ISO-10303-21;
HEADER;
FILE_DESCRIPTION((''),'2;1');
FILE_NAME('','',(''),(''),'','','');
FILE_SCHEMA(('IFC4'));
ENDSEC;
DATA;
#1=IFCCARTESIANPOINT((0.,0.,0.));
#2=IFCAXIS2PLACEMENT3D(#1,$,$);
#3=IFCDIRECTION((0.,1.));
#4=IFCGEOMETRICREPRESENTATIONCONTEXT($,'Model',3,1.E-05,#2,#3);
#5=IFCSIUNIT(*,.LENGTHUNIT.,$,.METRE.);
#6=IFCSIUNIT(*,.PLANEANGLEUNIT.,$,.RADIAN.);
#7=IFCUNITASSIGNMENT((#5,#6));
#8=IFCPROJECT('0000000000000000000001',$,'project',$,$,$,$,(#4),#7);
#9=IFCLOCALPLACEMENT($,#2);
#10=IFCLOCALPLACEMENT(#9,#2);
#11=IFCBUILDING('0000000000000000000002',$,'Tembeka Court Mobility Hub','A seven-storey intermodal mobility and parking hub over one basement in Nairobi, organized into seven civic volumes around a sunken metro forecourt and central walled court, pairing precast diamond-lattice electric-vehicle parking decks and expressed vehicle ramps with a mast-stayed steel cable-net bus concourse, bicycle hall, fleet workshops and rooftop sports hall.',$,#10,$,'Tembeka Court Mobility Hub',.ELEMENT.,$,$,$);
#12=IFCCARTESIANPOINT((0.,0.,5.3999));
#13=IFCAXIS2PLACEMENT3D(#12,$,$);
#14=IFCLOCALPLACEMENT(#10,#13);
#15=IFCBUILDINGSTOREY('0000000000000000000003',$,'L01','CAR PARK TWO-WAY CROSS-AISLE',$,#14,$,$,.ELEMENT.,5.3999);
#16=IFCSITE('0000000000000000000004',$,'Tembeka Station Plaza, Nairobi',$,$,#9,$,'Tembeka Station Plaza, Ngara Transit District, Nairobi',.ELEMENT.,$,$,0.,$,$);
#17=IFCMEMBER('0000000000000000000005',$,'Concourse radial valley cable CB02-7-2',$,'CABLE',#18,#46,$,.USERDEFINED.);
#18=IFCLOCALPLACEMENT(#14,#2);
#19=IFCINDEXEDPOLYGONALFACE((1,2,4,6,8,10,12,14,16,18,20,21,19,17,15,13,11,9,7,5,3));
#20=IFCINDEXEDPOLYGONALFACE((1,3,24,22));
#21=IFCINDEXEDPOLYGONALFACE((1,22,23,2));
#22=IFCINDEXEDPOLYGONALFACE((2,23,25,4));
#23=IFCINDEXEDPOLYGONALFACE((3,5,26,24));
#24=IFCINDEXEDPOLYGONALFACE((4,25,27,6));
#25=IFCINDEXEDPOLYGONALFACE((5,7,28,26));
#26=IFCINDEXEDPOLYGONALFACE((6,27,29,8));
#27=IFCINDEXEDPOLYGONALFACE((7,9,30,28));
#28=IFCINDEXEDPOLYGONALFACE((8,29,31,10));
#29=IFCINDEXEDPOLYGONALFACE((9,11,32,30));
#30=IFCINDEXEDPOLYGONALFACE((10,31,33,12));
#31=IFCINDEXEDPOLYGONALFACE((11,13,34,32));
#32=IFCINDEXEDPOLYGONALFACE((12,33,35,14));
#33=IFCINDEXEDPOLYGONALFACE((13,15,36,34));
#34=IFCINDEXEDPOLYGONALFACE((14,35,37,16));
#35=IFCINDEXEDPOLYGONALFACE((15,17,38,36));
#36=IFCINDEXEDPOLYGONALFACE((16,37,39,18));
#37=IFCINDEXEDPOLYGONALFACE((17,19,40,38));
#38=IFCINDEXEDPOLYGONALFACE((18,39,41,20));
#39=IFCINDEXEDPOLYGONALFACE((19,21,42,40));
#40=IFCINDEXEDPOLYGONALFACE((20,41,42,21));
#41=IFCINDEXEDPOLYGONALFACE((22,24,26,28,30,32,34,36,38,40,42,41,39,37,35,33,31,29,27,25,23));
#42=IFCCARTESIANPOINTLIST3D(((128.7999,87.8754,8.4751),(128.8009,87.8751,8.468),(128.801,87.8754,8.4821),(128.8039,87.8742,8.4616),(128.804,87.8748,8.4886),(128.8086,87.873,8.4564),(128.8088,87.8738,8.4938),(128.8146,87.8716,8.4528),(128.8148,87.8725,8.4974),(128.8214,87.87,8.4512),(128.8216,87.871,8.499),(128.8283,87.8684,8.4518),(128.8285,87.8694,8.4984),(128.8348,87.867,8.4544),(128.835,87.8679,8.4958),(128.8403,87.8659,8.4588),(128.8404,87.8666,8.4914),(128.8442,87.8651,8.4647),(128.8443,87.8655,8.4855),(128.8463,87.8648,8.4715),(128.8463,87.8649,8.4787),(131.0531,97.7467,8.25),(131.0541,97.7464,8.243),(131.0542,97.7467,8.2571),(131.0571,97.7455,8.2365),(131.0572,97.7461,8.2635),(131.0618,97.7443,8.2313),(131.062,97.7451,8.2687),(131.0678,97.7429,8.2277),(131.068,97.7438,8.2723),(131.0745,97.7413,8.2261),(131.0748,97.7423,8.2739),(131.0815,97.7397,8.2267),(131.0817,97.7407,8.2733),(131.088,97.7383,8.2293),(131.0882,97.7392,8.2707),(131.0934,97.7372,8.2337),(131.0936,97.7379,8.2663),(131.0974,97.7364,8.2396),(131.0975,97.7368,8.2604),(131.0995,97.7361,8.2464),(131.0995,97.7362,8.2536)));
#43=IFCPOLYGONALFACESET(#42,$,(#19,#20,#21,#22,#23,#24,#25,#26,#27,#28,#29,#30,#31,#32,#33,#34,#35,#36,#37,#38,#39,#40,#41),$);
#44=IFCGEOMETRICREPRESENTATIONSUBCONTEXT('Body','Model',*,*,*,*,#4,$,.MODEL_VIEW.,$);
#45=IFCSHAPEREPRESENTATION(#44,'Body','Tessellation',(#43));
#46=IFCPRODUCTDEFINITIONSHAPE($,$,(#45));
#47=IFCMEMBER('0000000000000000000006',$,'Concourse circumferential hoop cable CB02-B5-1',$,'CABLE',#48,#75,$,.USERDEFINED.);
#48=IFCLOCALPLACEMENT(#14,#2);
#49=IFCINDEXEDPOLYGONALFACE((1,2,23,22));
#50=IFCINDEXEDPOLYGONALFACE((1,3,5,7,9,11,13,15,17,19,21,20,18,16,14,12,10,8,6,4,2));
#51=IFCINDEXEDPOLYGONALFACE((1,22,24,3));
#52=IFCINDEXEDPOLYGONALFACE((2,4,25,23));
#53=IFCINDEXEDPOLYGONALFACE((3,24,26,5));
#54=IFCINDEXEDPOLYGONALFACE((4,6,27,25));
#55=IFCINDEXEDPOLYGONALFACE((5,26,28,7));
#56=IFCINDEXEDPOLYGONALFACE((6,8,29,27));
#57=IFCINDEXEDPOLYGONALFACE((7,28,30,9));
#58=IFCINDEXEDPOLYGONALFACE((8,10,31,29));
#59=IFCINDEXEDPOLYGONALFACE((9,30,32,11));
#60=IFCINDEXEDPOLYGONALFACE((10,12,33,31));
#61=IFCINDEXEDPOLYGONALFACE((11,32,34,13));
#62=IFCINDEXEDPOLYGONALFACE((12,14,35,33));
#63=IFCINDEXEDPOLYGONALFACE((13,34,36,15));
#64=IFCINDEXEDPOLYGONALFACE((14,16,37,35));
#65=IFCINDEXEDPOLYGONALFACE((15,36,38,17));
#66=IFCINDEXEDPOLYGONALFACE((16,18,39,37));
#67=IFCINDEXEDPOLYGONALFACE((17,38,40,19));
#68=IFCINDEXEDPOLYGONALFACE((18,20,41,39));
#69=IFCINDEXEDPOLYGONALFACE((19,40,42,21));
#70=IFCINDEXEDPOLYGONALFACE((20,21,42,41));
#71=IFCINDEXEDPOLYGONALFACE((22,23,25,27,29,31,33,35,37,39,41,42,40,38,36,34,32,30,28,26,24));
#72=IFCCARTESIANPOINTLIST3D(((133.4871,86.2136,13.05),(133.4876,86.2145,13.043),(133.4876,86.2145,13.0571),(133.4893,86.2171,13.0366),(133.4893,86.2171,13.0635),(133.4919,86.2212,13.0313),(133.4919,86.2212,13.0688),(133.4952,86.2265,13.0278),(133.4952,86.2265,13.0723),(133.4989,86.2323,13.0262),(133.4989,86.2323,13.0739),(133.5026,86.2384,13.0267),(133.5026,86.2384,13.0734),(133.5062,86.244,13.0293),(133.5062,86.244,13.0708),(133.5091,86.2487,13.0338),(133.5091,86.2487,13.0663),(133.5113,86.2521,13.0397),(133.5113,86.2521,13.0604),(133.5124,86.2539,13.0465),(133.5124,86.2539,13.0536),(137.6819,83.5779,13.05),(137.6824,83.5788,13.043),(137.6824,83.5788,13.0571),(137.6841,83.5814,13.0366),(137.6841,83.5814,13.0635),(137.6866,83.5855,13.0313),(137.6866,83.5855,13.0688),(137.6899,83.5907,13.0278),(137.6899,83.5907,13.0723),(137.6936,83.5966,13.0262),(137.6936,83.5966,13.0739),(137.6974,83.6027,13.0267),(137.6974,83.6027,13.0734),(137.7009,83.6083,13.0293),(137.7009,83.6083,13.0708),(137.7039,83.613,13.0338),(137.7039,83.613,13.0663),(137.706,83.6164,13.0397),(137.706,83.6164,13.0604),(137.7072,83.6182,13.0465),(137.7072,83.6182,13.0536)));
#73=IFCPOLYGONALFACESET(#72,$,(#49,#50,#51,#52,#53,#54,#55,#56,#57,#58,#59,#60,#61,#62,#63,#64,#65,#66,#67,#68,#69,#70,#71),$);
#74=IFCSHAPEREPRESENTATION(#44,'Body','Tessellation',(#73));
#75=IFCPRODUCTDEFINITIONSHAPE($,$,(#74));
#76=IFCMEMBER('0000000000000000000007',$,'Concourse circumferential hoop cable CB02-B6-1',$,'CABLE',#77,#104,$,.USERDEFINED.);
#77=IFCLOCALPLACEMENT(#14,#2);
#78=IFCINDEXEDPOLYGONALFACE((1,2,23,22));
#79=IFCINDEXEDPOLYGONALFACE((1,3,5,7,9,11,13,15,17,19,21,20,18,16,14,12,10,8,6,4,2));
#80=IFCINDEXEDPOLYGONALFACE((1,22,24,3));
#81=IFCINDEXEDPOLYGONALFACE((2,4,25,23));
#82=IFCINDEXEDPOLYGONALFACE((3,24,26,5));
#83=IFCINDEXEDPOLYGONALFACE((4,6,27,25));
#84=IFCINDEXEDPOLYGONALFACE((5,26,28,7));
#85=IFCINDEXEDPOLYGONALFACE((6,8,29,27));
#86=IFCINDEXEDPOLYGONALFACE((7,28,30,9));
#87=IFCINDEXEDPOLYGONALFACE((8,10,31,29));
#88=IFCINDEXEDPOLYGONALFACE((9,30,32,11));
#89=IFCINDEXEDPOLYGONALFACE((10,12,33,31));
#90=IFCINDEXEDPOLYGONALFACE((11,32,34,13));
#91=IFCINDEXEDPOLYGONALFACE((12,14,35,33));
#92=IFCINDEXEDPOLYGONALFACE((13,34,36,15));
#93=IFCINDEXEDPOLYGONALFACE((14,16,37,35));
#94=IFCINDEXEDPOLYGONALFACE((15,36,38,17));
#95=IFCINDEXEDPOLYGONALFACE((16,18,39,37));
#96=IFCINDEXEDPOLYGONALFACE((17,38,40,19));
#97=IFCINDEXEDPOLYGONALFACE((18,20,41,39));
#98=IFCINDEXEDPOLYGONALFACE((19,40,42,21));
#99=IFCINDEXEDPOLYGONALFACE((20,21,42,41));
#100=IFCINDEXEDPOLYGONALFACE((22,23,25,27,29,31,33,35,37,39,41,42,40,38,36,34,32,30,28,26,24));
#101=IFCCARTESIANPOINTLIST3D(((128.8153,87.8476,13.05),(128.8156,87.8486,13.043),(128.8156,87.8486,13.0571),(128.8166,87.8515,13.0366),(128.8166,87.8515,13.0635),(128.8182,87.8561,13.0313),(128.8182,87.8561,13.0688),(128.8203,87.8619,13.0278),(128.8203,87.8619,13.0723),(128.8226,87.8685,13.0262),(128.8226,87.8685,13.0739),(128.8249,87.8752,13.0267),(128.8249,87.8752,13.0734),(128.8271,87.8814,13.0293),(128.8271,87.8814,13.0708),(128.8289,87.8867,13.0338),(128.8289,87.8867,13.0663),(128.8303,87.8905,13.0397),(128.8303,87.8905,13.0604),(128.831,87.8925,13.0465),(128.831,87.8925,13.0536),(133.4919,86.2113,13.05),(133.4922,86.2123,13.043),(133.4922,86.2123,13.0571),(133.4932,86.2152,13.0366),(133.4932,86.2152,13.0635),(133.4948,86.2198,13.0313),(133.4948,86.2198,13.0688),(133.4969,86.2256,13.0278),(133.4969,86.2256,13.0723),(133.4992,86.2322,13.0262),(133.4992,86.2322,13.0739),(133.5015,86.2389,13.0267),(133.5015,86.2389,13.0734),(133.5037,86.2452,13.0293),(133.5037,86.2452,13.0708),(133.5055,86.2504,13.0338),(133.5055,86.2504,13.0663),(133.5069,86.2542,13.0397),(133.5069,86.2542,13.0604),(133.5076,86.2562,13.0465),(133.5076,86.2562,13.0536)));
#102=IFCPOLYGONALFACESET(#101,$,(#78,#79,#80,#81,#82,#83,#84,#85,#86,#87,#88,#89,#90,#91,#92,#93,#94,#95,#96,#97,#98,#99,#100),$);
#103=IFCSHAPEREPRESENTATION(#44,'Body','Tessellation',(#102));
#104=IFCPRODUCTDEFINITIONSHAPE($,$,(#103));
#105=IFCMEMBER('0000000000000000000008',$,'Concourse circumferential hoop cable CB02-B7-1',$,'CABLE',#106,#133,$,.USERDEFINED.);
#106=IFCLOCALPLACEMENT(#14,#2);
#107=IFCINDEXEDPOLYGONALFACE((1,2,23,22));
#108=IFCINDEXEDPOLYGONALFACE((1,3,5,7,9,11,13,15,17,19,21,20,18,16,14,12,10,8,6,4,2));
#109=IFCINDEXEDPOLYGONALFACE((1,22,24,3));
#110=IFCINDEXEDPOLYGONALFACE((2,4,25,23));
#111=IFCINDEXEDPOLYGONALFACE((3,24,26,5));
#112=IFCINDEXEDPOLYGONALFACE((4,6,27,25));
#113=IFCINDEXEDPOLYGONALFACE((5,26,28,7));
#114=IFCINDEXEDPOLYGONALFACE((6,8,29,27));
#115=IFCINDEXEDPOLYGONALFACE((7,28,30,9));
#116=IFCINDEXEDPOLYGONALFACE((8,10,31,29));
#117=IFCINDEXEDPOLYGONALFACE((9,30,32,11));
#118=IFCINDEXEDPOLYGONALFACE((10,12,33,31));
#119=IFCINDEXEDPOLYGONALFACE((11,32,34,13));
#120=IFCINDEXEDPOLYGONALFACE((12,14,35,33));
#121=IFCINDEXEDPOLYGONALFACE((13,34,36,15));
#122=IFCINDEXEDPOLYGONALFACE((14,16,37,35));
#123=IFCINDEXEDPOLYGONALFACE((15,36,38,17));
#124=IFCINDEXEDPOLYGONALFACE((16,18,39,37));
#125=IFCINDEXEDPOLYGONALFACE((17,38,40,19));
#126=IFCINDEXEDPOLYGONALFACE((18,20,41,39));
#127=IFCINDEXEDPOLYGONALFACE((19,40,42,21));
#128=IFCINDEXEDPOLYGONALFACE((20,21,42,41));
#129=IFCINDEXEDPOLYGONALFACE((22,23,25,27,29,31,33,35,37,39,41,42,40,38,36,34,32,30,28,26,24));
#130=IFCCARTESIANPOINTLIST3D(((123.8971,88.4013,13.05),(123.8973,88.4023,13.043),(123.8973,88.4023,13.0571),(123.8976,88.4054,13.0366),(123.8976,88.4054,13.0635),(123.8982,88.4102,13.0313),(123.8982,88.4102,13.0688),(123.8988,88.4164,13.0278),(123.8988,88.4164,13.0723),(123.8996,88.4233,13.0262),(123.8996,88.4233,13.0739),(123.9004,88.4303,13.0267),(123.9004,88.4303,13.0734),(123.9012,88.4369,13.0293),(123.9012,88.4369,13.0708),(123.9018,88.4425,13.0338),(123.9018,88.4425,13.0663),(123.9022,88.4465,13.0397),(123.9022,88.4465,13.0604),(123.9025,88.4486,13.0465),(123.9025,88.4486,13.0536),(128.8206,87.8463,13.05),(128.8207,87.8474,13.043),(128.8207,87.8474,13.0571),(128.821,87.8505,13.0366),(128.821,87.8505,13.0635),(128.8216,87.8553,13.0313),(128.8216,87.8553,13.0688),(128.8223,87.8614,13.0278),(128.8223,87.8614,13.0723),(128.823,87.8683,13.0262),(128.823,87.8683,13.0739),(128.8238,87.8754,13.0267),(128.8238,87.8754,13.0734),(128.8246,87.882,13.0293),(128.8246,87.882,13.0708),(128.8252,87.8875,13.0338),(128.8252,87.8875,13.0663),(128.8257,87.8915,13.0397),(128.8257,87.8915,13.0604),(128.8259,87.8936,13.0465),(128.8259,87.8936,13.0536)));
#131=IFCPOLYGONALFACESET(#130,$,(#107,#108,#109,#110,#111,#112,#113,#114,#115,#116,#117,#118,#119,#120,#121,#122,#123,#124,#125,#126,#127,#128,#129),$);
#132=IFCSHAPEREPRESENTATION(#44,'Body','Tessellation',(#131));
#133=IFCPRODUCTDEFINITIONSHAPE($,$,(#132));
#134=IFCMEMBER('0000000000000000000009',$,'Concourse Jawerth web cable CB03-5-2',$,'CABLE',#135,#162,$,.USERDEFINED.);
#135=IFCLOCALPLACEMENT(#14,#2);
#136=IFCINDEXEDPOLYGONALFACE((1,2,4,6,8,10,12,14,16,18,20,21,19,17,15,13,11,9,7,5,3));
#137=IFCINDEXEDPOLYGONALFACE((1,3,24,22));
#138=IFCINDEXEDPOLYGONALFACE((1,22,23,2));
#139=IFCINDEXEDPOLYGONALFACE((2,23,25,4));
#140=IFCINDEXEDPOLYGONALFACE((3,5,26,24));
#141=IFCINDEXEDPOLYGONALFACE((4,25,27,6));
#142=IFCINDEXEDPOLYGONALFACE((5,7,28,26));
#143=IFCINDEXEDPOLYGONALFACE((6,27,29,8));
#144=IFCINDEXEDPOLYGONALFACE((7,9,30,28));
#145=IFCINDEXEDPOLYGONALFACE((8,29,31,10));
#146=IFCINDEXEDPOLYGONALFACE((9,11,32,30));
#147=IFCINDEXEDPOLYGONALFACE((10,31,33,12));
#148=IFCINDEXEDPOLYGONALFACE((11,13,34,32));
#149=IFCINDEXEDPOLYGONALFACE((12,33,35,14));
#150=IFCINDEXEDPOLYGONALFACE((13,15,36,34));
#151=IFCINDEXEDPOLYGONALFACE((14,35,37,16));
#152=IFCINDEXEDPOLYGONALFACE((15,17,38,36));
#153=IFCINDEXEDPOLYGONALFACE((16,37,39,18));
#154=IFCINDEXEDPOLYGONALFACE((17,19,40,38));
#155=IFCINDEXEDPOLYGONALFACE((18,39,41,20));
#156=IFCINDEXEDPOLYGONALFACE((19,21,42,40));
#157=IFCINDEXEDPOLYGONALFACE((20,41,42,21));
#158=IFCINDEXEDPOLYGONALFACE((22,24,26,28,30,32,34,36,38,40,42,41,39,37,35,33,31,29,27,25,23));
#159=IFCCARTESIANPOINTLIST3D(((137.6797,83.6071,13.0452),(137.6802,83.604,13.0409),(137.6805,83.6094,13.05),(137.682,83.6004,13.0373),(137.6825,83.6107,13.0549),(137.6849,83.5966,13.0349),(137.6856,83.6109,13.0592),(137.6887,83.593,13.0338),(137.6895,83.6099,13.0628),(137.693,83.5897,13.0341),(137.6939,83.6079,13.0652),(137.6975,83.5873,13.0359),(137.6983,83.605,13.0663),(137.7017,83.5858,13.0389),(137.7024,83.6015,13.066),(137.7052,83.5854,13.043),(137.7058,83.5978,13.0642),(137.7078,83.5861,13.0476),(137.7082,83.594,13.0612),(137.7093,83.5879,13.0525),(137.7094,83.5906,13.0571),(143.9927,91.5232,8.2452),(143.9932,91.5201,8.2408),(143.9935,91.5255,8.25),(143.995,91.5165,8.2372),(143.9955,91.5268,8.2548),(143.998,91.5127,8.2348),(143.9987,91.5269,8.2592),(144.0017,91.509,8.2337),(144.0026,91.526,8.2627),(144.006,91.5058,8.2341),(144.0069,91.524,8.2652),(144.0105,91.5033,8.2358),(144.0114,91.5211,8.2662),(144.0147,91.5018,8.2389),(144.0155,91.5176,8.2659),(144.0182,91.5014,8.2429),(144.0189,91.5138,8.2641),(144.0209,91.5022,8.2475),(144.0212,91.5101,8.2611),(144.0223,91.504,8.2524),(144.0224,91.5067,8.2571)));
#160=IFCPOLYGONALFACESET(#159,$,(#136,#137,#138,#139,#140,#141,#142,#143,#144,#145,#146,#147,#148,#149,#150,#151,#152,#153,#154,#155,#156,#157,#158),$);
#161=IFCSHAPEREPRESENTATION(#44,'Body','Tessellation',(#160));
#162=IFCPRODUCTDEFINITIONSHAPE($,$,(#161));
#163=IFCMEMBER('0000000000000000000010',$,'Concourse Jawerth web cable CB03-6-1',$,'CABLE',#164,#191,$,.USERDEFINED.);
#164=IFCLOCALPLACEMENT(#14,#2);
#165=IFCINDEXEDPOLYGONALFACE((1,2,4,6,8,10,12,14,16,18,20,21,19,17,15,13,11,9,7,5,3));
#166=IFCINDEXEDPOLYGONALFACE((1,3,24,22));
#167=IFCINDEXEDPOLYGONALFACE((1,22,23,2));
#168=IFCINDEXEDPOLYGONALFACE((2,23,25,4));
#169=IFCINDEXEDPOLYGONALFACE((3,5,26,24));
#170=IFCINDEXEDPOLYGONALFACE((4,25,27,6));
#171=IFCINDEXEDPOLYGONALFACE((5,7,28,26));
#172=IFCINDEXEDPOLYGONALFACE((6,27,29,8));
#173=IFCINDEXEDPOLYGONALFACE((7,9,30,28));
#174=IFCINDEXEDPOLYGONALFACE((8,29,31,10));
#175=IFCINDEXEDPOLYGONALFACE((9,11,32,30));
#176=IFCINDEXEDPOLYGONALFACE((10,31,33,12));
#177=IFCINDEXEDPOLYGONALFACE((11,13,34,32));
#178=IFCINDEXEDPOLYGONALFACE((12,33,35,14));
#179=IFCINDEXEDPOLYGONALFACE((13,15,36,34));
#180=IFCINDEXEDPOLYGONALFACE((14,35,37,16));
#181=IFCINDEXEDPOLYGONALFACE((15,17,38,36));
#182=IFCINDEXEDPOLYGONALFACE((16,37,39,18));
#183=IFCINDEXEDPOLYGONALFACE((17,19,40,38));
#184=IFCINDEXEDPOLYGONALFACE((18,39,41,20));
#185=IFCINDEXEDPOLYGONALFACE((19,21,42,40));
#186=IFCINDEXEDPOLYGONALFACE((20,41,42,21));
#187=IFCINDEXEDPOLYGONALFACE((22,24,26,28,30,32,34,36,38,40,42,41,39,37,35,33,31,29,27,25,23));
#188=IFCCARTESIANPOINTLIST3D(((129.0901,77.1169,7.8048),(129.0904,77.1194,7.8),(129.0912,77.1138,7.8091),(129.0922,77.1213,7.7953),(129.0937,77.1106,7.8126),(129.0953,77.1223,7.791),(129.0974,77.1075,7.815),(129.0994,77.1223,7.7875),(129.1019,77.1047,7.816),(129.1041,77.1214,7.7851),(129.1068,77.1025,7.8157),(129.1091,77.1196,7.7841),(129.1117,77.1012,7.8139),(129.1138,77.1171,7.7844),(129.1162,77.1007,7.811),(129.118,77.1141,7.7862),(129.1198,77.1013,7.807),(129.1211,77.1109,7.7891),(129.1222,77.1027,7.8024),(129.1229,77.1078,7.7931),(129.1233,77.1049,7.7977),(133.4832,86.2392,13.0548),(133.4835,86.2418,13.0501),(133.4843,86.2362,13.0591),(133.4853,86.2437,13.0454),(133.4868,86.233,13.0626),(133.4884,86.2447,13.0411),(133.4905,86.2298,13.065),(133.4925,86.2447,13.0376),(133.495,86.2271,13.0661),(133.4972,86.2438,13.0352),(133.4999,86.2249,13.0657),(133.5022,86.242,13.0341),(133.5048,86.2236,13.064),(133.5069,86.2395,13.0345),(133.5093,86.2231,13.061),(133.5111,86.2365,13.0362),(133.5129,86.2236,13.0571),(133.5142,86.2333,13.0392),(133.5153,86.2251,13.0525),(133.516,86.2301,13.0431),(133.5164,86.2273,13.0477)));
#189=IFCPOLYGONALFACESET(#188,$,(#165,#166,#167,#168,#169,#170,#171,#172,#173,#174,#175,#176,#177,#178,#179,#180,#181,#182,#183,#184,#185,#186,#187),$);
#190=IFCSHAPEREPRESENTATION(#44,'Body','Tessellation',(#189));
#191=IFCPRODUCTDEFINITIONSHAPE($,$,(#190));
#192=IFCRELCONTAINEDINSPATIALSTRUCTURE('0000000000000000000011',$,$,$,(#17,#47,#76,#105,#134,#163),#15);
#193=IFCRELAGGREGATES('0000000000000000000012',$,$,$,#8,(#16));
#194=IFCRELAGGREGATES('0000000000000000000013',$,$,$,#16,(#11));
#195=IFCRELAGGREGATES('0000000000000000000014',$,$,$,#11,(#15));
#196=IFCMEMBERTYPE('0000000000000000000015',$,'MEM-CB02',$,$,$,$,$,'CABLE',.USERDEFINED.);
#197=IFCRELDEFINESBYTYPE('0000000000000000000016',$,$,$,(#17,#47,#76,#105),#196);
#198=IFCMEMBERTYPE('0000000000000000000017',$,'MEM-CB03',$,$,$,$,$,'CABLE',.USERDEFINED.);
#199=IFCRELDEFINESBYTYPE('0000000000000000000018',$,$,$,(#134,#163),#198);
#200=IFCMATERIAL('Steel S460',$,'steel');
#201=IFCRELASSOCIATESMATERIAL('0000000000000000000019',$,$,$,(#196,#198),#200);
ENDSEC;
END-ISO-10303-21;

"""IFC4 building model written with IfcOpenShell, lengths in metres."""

from ifc_helpers import new_model, si_unit, direction, frame, origin, origin_2d, place, context, subcontext, project, spatial, circle, extrude, material, material_profile, profile_set, type_object, element, save


model = new_model("IFC4")

# Units and contexts
model_context = context("Model", 3, precision=1e-05, world=origin(), true_north=direction((0.0, 1.0)))
body_context = subcontext(model_context, "Body", "Model", "MODEL_VIEW")
ifc_project = project(units=[si_unit("LENGTHUNIT", "METRE"), si_unit("PLANEANGLEUNIT", "RADIAN")], contexts=[model_context])

# Site, building, storey
site_placement = place(None, origin())
site = spatial("IfcSite", under=ifc_project, at=site_placement, Name="Tembeka Station Plaza, Nairobi", LongName="Tembeka Station Plaza, Ngara Transit District, Nairobi", CompositionType="ELEMENT", RefElevation=0.0)
building_placement = place(site_placement, origin())
building = spatial("IfcBuilding", under=site, at=building_placement, Name="Tembeka Court Mobility Hub", Description="A seven-storey intermodal mobility and parking hub over one basement in Nairobi, organized into seven civic volumes around a sunken metro forecourt and central walled court, pairing precast diamond-lattice electric-vehicle parking decks and expressed vehicle ramps with a mast-stayed steel cable-net bus concourse, bicycle hall, fleet workshops and rooftop sports hall.", LongName="Tembeka Court Mobility Hub", CompositionType="ELEMENT")
storey_placement = place(building_placement, frame((0.0, 0.0, 5.3999)))
storey = spatial("IfcBuildingStorey", under=building, at=storey_placement, Name="L01", Description="CAR PARK TWO-WAY CROSS-AISLE", CompositionType="ELEMENT", Elevation=5.3999)

# Members
ifc_material_1 = material(Name="Steel S460", Category="steel")
ifc_material_profile_1 = material_profile(ifc_material_1, circle(Radius=0.0239, at=origin_2d()), Name="CABLE D48")
ifc_profile_set_1 = profile_set([ifc_material_profile_1], Name="Steel S460")
member_type_1 = type_object("IfcMemberType", Name="MEM-CB02", ElementType="CABLE", PredefinedType="USERDEFINED", material=ifc_profile_set_1)
member_1_placement = place(storey_placement, frame((128.8232, 87.8701, 8.4751), z_axis=(0.222476, 0.974685, -0.022226), x_axis=(-0.974926, 0.222531, 0.0)))
element("IfcMember", 1, at=member_1_placement, inside=storey, type_object=member_type_1, Name="Concourse radial valley cable CB02-7-2", ObjectType="CABLE", PredefinedType="USERDEFINED", context=body_context, shape_type="SweptSolid", body=[
    extrude(circle(Radius=0.0239, at=origin_2d()), origin(), (0.0, 0.0, 1.0), 10.1277),
])
member_2_placement = place(storey_placement, frame((137.6946, 83.5981, 13.05), z_axis=(-0.846728, 0.532026, 0.0), x_axis=(-0.532026, -0.846728, 0.0)))
element("IfcMember", 2, at=member_2_placement, inside=storey, type_object=member_type_1, Name="Concourse circumferential hoop cable CB02-B5-1", ObjectType="CABLE", PredefinedType="USERDEFINED", context=body_context, shape_type="SweptSolid", body=[
    extrude(circle(Radius=0.0239, at=origin_2d()), origin(), (0.0, 0.0, 1.0), 4.9541),
])
for number, where, z_axis, x_axis, name in (
    (3, (133.4998, 86.2339, 13.05), (-0.943893, 0.330252, 0.0), (-0.330252, -0.943893, 0.0), "Concourse circumferential hoop cable CB02-B6-1"),
    (4, (128.8232, 87.8701, 13.05), (-0.993708, 0.112005, 0.0), (-0.112005, -0.993708, 0.0), "Concourse circumferential hoop cable CB02-B7-1"),
):
    element("IfcMember", number, at=place(storey_placement, frame(where, z_axis=z_axis, x_axis=x_axis)), inside=storey, type_object=member_type_1, Name=name, ObjectType="CABLE", PredefinedType="USERDEFINED", context=body_context, shape_type="SweptSolid", body=[
        extrude(circle(Radius=0.0239, at=origin_2d()), origin(), (0.0, 0.0, 1.0), 4.9546),
    ])
ifc_material_profile_2 = material_profile(ifc_material_1, circle(Radius=0.0181, at=origin_2d()), Name="CABLE D36")
ifc_profile_set_2 = profile_set([ifc_material_profile_2], Name="Steel S460")
member_type_2 = type_object("IfcMemberType", Name="MEM-CB03", ElementType="CABLE", PredefinedType="USERDEFINED", material=ifc_profile_set_2)
member_3_placement = place(storey_placement, frame((137.6946, 83.5981, 13.05), z_axis=(0.563396, 0.706456, -0.428375), x_axis=(-0.781823, 0.6235, 0.0)))
element("IfcMember", 5, at=member_3_placement, inside=storey, type_object=member_type_2, Name="Concourse Jawerth web cable CB03-5-2", ObjectType="CABLE", PredefinedType="USERDEFINED", context=body_context, shape_type="SweptSolid", body=[
    extrude(circle(Radius=0.0181, at=origin_2d()), origin(), (0.0, 0.0, 1.0), 11.2053),
])
member_4_placement = place(storey_placement, frame((129.1067, 77.1116, 7.8), z_axis=(0.385182, 0.79984, 0.460317), x_axis=(-0.900969, 0.433883, 0.0)))
element("IfcMember", 6, at=member_4_placement, inside=storey, type_object=member_type_2, Name="Concourse Jawerth web cable CB03-6-1", ObjectType="CABLE", PredefinedType="USERDEFINED", context=body_context, shape_type="SweptSolid", body=[
    extrude(circle(Radius=0.0181, at=origin_2d()), origin(), (0.0, 0.0, 1.0), 11.4053),
])

save(model, "model.ifc")
